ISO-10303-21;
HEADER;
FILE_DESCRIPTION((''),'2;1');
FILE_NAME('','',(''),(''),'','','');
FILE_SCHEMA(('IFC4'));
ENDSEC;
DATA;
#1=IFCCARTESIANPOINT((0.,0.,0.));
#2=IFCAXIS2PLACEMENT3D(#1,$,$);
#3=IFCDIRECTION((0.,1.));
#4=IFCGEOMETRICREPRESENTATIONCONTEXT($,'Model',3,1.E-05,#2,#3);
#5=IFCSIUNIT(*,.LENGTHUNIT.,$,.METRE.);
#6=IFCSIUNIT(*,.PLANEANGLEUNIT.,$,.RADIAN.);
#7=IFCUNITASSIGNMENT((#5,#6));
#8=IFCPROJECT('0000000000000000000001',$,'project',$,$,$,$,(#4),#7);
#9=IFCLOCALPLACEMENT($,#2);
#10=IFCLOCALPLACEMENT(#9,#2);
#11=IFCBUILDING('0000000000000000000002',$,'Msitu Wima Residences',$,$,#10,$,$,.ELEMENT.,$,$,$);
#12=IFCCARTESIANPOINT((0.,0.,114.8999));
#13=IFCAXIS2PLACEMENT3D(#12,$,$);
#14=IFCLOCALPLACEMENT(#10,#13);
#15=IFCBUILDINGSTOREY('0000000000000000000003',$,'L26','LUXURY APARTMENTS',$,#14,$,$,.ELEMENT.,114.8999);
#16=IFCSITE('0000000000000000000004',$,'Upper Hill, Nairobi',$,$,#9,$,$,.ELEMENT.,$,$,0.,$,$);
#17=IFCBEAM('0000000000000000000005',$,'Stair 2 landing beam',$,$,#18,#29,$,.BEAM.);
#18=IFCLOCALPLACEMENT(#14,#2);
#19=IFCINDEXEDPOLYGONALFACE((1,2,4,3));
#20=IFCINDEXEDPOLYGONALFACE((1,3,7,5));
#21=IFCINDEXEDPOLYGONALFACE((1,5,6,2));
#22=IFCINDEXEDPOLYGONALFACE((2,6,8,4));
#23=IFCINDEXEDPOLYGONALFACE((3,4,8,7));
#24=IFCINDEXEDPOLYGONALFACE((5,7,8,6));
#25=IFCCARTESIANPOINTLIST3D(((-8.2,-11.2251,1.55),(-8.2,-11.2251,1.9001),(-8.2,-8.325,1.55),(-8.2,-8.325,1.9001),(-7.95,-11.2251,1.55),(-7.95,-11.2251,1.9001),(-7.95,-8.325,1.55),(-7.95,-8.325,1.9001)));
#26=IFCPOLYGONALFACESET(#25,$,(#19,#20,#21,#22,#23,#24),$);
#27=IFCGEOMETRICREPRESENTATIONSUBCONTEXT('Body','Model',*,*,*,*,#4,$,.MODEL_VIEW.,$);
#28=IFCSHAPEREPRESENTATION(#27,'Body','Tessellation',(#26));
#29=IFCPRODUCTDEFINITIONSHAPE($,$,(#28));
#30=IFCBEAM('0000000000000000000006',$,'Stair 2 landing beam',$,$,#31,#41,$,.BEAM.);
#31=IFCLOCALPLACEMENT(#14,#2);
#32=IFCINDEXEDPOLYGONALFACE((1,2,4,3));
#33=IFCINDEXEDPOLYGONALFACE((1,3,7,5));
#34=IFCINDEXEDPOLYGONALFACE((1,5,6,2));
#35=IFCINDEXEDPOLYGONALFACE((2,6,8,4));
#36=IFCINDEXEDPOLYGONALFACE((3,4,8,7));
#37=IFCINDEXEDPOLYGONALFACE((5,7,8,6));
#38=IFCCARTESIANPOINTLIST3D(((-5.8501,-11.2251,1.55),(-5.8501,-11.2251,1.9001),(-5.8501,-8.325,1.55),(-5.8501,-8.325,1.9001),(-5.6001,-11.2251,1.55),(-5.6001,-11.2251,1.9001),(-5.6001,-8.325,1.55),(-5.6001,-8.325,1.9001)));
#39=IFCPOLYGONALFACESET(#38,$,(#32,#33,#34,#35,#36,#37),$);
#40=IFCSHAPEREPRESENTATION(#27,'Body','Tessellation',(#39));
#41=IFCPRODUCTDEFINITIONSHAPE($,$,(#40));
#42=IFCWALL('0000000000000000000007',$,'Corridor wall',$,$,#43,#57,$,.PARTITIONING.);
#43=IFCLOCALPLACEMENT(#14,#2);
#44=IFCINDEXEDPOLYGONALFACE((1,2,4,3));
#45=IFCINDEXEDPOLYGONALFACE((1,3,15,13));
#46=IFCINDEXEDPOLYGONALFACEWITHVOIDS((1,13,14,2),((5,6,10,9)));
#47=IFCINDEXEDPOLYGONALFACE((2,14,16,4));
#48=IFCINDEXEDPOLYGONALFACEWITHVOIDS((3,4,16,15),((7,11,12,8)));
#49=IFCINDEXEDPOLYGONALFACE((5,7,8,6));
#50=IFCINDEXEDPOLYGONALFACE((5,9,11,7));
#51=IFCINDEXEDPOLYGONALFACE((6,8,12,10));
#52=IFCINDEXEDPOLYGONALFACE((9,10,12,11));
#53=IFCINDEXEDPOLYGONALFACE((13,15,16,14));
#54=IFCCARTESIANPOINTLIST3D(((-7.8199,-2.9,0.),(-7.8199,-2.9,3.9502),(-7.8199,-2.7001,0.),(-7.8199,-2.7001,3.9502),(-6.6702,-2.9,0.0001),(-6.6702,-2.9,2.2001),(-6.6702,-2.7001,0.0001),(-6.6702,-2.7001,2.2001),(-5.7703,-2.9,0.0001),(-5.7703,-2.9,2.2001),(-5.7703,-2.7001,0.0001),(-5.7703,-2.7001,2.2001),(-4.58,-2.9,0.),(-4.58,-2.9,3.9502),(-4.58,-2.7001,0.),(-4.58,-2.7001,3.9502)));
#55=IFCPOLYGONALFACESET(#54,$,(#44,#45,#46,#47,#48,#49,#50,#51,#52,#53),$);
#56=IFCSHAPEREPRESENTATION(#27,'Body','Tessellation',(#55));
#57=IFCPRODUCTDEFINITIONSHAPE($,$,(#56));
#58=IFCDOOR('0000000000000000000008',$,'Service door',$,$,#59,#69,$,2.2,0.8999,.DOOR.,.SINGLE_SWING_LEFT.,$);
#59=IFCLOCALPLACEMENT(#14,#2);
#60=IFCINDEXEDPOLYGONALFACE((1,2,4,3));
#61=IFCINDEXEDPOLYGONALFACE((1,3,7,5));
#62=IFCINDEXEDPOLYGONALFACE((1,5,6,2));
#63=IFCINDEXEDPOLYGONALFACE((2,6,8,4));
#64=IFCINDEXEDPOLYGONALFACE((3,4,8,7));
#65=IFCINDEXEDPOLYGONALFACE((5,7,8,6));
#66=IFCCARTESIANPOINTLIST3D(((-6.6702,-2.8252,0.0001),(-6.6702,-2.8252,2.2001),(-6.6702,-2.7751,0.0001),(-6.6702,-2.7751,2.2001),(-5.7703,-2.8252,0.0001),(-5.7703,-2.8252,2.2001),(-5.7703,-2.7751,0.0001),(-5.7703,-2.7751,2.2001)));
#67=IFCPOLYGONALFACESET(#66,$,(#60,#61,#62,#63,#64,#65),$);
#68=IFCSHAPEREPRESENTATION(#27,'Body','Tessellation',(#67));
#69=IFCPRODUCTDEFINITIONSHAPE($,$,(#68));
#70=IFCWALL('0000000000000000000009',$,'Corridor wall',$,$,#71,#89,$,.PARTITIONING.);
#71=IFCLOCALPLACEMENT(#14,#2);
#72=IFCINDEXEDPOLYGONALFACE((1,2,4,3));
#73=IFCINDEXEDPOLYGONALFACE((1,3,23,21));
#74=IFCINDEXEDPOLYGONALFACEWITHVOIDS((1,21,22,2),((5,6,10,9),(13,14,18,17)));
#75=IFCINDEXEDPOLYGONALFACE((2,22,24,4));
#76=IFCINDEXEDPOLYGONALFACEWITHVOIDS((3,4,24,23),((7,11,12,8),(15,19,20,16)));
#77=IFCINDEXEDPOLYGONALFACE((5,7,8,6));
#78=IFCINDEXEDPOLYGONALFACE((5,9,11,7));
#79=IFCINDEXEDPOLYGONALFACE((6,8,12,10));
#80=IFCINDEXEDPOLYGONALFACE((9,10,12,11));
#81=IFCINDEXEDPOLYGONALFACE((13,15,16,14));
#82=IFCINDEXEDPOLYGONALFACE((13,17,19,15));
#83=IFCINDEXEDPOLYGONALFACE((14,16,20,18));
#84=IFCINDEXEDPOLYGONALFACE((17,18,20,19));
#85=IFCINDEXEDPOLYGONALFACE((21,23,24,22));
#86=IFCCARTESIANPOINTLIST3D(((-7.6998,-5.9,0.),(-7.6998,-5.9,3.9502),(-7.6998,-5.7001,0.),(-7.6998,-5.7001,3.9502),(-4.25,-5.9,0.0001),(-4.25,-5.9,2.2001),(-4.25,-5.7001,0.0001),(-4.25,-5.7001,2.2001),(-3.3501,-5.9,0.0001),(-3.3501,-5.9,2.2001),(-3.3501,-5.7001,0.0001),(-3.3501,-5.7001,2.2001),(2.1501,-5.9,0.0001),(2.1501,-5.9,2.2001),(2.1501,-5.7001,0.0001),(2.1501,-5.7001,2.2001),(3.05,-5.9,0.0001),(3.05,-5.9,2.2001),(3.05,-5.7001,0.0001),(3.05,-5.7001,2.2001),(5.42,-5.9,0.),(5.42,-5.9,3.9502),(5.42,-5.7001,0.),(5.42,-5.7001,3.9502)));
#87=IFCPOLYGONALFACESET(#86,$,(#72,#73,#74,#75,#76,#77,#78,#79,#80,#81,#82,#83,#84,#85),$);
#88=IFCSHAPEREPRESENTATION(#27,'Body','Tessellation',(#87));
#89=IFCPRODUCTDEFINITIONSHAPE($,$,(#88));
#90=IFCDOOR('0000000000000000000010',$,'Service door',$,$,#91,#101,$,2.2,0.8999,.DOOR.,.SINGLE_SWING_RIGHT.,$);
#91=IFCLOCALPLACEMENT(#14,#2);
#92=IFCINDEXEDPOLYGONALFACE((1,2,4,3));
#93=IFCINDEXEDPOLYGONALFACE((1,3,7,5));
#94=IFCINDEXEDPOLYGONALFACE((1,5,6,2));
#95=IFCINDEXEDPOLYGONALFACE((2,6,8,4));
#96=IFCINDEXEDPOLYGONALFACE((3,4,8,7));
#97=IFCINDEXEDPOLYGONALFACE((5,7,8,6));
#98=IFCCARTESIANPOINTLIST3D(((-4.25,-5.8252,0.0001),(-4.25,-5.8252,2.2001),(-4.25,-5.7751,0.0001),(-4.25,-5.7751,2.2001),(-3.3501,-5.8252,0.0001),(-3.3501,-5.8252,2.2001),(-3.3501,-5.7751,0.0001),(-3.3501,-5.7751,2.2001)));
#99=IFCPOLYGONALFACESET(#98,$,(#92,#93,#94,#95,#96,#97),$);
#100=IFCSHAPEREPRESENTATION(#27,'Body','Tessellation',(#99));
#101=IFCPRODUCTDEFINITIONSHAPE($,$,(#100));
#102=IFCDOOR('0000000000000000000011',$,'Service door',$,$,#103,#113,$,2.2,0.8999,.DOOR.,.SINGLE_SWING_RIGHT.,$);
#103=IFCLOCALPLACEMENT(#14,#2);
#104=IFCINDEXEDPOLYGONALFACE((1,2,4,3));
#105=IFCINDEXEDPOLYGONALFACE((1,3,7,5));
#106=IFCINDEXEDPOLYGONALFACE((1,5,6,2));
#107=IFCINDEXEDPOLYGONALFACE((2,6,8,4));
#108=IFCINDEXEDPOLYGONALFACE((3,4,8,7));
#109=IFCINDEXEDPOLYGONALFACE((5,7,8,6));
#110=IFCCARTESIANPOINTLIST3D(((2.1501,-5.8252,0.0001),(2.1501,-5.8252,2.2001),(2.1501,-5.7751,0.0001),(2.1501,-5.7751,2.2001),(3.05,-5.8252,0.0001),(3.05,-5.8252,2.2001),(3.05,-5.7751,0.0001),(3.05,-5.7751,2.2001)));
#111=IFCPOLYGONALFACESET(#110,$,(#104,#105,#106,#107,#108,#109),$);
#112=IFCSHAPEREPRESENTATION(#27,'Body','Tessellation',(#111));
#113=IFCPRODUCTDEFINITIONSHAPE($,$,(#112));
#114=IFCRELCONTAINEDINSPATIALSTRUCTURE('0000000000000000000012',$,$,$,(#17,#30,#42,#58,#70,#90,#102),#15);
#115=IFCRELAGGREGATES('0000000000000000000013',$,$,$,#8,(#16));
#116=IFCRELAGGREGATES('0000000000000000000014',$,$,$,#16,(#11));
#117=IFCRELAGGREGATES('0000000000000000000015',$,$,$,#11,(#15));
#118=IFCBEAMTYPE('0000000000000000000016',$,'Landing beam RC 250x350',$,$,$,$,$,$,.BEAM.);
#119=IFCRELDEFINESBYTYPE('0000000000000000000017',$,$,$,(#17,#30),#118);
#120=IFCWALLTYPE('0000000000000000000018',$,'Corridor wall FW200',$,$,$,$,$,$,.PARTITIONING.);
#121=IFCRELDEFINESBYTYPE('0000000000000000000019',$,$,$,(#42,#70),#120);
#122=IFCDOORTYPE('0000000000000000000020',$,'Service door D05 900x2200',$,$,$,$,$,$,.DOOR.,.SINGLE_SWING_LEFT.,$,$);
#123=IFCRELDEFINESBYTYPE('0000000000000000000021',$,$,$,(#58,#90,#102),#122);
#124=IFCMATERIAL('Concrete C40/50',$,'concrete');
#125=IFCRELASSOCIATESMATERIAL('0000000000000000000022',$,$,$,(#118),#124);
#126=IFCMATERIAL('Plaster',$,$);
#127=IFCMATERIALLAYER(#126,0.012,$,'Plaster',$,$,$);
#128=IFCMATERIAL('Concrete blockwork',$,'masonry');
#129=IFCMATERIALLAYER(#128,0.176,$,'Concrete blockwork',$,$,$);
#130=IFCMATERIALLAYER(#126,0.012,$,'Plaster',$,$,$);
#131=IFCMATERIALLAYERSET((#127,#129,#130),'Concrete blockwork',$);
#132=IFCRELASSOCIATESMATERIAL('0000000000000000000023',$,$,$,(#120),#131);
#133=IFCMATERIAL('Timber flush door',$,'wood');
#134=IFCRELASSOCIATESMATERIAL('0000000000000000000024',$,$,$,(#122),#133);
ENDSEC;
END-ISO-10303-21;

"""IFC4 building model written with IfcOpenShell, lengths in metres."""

from ifc_helpers import new_model, si_unit, direction, frame, frame_2d, origin, origin_2d, place, context, subcontext, project, spatial, rectangle, extrude, material, layer, layer_set, material_profile, profile_set, type_object, element, fill, save


model = new_model("IFC4")

# Units and contexts
model_context = context("Model", 3, precision=1e-05, world=origin(), true_north=direction((0.0, 1.0)))
body_context = subcontext(model_context, "Body", "Model", "MODEL_VIEW")
ifc_project = project(units=[si_unit("LENGTHUNIT", "METRE"), si_unit("PLANEANGLEUNIT", "RADIAN")], contexts=[model_context])

# Site, building, storey
site_placement = place(None, origin())
site = spatial("IfcSite", under=ifc_project, at=site_placement, Name="Upper Hill, Nairobi", CompositionType="ELEMENT", RefElevation=0.0)
building_placement = place(site_placement, origin())
building = spatial("IfcBuilding", under=site, at=building_placement, Name="Msitu Wima Residences", CompositionType="ELEMENT")
storey_placement = place(building_placement, frame((0.0, 0.0, 114.8999)))
storey = spatial("IfcBuildingStorey", under=building, at=storey_placement, Name="L26", Description="LUXURY APARTMENTS", CompositionType="ELEMENT", Elevation=114.8999)

# Beams
ifc_material_1 = material(Name="Concrete C40/50", Category="concrete")
ifc_material_profile = material_profile(ifc_material_1, rectangle(XDim=0.25, YDim=0.3501, at=origin_2d()), Name="RC 250x350")
ifc_profile_set = profile_set([ifc_material_profile], Name="Concrete C40/50")
beam_type = type_object("IfcBeamType", Name="Landing beam RC 250x350", PredefinedType="BEAM", material=ifc_profile_set)
for number, where, z_axis, x_axis, name in (
    (1, (-8.075, -11.2251, 1.7251), (0.0, 1.0, 0.0), (-1.0, 0.0, 0.0), "Stair 2 landing beam"),
    (2, (-5.7251, -11.2251, 1.7251), (0.0, 1.0, 0.0), (-1.0, 0.0, 0.0), "Stair 2 landing beam"),
):
    element("IfcBeam", number, at=place(storey_placement, frame(where, z_axis=z_axis, x_axis=x_axis)), inside=storey, type_object=beam_type, Name=name, PredefinedType="BEAM", context=body_context, shape_type="SweptSolid", body=[
        extrude(rectangle(XDim=0.25, YDim=0.3501, at=origin_2d()), origin(), (0.0, 0.0, 1.0), 2.9001),
    ])

# Wall, opening, door
ifc_material_2 = material(Name="Plaster")
ifc_layer_1 = layer(ifc_material_2, 0.012, Name="Plaster")
ifc_material_3 = material(Name="Concrete blockwork", Category="masonry")
ifc_layer_2 = layer(ifc_material_3, 0.176, Name="Concrete blockwork")
ifc_layer_3 = layer(ifc_material_2, 0.012, Name="Plaster")
ifc_layer_set_1 = layer_set([ifc_layer_1, ifc_layer_2, ifc_layer_3], Name="Concrete blockwork")
wall_type_1 = type_object("IfcWallType", Name="Corridor wall FW200", PredefinedType="PARTITIONING", material=ifc_layer_set_1)
wall_1_placement = place(storey_placement, frame((-7.8201, -2.8, 0.0), z_axis=(0.0, 0.0, 1.0), x_axis=(1.0, 0.0, 0.0)))
wall_1 = element("IfcWall", 3, at=wall_1_placement, inside=storey, type_object=wall_type_1, Name="Corridor wall", PredefinedType="PARTITIONING", context=body_context, shape_type="SweptSolid", body=[
    extrude(rectangle(XDim=3.24, YDim=0.2, at=frame_2d((1.6201, 0.0))), origin(), (0.0, 0.0, 1.0), 3.9502),
])
opening_1_placement = place(wall_1_placement, frame((1.1499, 0.0, 0.0)))
opening_1 = element("IfcOpeningElement", 4, at=opening_1_placement, cuts=wall_1, PredefinedType="OPENING", context=body_context, shape_type="SweptSolid", body=[
    extrude(rectangle(XDim=0.8999, YDim=2.2, at=frame_2d((0.45, 1.1001))), frame((0.0, 0.1099, 0.0), z_axis=(0.0, -1.0, 0.0), x_axis=(1.0, 0.0, 0.0)), (0.0, 0.0, 1.0), 0.22),
])
ifc_material_4 = material(Name="Timber flush door", Category="wood")
door_type_1 = type_object("IfcDoorType", Name="Service door D05 900x2200", OperationType="SINGLE_SWING_LEFT", PredefinedType="DOOR", material=ifc_material_4)
door_1_placement = place(opening_1_placement, origin())
door_1 = element("IfcDoor", 5, at=door_1_placement, inside=storey, type_object=door_type_1, Name="Service door", OperationType="SINGLE_SWING_LEFT", OverallHeight=2.2, OverallWidth=0.8999, PredefinedType="DOOR", context=body_context, shape_type="SweptSolid", body=[
    extrude(rectangle(XDim=0.8999, YDim=2.2, at=frame_2d((0.45, 1.1001))), frame((0.0, 0.0249, 0.0), z_axis=(0.0, -1.0, 0.0), x_axis=(1.0, 0.0, 0.0)), (0.0, 0.0, 1.0), 0.05),
])
fill(opening_1, door_1)

# Wall, openings, doors
wall_2_placement = place(storey_placement, frame((-7.7, -5.8, 0.0), z_axis=(0.0, 0.0, 1.0), x_axis=(1.0, 0.0, 0.0)))
wall_2 = element("IfcWall", 6, at=wall_2_placement, inside=storey, type_object=wall_type_1, Name="Corridor wall", PredefinedType="PARTITIONING", context=body_context, shape_type="SweptSolid", body=[
    extrude(rectangle(XDim=13.1199, YDim=0.2, at=frame_2d((6.5601, 0.0))), origin(), (0.0, 0.0, 1.0), 3.9502),
])
opening_2_placement = place(wall_2_placement, frame((3.45, 0.0, 0.0)))
opening_2 = element("IfcOpeningElement", 7, at=opening_2_placement, cuts=wall_2, PredefinedType="OPENING", context=body_context, shape_type="SweptSolid", body=[
    extrude(rectangle(XDim=0.8999, YDim=2.2, at=frame_2d((0.45, 1.1001))), frame((0.0, 0.1099, 0.0), z_axis=(0.0, -1.0, 0.0), x_axis=(1.0, 0.0, 0.0)), (0.0, 0.0, 1.0), 0.22),
])
opening_3_placement = place(wall_2_placement, frame((9.8501, 0.0, 0.0)))
opening_3 = element("IfcOpeningElement", 8, at=opening_3_placement, cuts=wall_2, PredefinedType="OPENING", context=body_context, shape_type="SweptSolid", body=[
    extrude(rectangle(XDim=0.8999, YDim=2.2, at=frame_2d((0.45, 1.1001))), frame((0.0, 0.1099, 0.0), z_axis=(0.0, -1.0, 0.0), x_axis=(1.0, 0.0, 0.0)), (0.0, 0.0, 1.0), 0.22),
])
door_2_placement = place(opening_2_placement, origin())
door_2 = element("IfcDoor", 9, at=door_2_placement, inside=storey, type_object=door_type_1, Name="Service door", OperationType="SINGLE_SWING_RIGHT", OverallHeight=2.2, OverallWidth=0.8999, PredefinedType="DOOR", context=body_context, shape_type="SweptSolid", body=[
    extrude(rectangle(XDim=0.8999, YDim=2.2, at=frame_2d((0.45, 1.1001))), frame((0.0, 0.0249, 0.0), z_axis=(0.0, -1.0, 0.0), x_axis=(1.0, 0.0, 0.0)), (0.0, 0.0, 1.0), 0.05),
])
fill(opening_2, door_2)
door_3_placement = place(opening_3_placement, origin())
door_3 = element("IfcDoor", 10, at=door_3_placement, inside=storey, type_object=door_type_1, Name="Service door", OperationType="SINGLE_SWING_RIGHT", OverallHeight=2.2, OverallWidth=0.8999, PredefinedType="DOOR", context=body_context, shape_type="SweptSolid", body=[
    extrude(rectangle(XDim=0.8999, YDim=2.2, at=frame_2d((0.45, 1.1001))), frame((0.0, 0.0249, 0.0), z_axis=(0.0, -1.0, 0.0), x_axis=(1.0, 0.0, 0.0)), (0.0, 0.0, 1.0), 0.05),
])
fill(opening_3, door_3)

save(model, "model.ifc")
